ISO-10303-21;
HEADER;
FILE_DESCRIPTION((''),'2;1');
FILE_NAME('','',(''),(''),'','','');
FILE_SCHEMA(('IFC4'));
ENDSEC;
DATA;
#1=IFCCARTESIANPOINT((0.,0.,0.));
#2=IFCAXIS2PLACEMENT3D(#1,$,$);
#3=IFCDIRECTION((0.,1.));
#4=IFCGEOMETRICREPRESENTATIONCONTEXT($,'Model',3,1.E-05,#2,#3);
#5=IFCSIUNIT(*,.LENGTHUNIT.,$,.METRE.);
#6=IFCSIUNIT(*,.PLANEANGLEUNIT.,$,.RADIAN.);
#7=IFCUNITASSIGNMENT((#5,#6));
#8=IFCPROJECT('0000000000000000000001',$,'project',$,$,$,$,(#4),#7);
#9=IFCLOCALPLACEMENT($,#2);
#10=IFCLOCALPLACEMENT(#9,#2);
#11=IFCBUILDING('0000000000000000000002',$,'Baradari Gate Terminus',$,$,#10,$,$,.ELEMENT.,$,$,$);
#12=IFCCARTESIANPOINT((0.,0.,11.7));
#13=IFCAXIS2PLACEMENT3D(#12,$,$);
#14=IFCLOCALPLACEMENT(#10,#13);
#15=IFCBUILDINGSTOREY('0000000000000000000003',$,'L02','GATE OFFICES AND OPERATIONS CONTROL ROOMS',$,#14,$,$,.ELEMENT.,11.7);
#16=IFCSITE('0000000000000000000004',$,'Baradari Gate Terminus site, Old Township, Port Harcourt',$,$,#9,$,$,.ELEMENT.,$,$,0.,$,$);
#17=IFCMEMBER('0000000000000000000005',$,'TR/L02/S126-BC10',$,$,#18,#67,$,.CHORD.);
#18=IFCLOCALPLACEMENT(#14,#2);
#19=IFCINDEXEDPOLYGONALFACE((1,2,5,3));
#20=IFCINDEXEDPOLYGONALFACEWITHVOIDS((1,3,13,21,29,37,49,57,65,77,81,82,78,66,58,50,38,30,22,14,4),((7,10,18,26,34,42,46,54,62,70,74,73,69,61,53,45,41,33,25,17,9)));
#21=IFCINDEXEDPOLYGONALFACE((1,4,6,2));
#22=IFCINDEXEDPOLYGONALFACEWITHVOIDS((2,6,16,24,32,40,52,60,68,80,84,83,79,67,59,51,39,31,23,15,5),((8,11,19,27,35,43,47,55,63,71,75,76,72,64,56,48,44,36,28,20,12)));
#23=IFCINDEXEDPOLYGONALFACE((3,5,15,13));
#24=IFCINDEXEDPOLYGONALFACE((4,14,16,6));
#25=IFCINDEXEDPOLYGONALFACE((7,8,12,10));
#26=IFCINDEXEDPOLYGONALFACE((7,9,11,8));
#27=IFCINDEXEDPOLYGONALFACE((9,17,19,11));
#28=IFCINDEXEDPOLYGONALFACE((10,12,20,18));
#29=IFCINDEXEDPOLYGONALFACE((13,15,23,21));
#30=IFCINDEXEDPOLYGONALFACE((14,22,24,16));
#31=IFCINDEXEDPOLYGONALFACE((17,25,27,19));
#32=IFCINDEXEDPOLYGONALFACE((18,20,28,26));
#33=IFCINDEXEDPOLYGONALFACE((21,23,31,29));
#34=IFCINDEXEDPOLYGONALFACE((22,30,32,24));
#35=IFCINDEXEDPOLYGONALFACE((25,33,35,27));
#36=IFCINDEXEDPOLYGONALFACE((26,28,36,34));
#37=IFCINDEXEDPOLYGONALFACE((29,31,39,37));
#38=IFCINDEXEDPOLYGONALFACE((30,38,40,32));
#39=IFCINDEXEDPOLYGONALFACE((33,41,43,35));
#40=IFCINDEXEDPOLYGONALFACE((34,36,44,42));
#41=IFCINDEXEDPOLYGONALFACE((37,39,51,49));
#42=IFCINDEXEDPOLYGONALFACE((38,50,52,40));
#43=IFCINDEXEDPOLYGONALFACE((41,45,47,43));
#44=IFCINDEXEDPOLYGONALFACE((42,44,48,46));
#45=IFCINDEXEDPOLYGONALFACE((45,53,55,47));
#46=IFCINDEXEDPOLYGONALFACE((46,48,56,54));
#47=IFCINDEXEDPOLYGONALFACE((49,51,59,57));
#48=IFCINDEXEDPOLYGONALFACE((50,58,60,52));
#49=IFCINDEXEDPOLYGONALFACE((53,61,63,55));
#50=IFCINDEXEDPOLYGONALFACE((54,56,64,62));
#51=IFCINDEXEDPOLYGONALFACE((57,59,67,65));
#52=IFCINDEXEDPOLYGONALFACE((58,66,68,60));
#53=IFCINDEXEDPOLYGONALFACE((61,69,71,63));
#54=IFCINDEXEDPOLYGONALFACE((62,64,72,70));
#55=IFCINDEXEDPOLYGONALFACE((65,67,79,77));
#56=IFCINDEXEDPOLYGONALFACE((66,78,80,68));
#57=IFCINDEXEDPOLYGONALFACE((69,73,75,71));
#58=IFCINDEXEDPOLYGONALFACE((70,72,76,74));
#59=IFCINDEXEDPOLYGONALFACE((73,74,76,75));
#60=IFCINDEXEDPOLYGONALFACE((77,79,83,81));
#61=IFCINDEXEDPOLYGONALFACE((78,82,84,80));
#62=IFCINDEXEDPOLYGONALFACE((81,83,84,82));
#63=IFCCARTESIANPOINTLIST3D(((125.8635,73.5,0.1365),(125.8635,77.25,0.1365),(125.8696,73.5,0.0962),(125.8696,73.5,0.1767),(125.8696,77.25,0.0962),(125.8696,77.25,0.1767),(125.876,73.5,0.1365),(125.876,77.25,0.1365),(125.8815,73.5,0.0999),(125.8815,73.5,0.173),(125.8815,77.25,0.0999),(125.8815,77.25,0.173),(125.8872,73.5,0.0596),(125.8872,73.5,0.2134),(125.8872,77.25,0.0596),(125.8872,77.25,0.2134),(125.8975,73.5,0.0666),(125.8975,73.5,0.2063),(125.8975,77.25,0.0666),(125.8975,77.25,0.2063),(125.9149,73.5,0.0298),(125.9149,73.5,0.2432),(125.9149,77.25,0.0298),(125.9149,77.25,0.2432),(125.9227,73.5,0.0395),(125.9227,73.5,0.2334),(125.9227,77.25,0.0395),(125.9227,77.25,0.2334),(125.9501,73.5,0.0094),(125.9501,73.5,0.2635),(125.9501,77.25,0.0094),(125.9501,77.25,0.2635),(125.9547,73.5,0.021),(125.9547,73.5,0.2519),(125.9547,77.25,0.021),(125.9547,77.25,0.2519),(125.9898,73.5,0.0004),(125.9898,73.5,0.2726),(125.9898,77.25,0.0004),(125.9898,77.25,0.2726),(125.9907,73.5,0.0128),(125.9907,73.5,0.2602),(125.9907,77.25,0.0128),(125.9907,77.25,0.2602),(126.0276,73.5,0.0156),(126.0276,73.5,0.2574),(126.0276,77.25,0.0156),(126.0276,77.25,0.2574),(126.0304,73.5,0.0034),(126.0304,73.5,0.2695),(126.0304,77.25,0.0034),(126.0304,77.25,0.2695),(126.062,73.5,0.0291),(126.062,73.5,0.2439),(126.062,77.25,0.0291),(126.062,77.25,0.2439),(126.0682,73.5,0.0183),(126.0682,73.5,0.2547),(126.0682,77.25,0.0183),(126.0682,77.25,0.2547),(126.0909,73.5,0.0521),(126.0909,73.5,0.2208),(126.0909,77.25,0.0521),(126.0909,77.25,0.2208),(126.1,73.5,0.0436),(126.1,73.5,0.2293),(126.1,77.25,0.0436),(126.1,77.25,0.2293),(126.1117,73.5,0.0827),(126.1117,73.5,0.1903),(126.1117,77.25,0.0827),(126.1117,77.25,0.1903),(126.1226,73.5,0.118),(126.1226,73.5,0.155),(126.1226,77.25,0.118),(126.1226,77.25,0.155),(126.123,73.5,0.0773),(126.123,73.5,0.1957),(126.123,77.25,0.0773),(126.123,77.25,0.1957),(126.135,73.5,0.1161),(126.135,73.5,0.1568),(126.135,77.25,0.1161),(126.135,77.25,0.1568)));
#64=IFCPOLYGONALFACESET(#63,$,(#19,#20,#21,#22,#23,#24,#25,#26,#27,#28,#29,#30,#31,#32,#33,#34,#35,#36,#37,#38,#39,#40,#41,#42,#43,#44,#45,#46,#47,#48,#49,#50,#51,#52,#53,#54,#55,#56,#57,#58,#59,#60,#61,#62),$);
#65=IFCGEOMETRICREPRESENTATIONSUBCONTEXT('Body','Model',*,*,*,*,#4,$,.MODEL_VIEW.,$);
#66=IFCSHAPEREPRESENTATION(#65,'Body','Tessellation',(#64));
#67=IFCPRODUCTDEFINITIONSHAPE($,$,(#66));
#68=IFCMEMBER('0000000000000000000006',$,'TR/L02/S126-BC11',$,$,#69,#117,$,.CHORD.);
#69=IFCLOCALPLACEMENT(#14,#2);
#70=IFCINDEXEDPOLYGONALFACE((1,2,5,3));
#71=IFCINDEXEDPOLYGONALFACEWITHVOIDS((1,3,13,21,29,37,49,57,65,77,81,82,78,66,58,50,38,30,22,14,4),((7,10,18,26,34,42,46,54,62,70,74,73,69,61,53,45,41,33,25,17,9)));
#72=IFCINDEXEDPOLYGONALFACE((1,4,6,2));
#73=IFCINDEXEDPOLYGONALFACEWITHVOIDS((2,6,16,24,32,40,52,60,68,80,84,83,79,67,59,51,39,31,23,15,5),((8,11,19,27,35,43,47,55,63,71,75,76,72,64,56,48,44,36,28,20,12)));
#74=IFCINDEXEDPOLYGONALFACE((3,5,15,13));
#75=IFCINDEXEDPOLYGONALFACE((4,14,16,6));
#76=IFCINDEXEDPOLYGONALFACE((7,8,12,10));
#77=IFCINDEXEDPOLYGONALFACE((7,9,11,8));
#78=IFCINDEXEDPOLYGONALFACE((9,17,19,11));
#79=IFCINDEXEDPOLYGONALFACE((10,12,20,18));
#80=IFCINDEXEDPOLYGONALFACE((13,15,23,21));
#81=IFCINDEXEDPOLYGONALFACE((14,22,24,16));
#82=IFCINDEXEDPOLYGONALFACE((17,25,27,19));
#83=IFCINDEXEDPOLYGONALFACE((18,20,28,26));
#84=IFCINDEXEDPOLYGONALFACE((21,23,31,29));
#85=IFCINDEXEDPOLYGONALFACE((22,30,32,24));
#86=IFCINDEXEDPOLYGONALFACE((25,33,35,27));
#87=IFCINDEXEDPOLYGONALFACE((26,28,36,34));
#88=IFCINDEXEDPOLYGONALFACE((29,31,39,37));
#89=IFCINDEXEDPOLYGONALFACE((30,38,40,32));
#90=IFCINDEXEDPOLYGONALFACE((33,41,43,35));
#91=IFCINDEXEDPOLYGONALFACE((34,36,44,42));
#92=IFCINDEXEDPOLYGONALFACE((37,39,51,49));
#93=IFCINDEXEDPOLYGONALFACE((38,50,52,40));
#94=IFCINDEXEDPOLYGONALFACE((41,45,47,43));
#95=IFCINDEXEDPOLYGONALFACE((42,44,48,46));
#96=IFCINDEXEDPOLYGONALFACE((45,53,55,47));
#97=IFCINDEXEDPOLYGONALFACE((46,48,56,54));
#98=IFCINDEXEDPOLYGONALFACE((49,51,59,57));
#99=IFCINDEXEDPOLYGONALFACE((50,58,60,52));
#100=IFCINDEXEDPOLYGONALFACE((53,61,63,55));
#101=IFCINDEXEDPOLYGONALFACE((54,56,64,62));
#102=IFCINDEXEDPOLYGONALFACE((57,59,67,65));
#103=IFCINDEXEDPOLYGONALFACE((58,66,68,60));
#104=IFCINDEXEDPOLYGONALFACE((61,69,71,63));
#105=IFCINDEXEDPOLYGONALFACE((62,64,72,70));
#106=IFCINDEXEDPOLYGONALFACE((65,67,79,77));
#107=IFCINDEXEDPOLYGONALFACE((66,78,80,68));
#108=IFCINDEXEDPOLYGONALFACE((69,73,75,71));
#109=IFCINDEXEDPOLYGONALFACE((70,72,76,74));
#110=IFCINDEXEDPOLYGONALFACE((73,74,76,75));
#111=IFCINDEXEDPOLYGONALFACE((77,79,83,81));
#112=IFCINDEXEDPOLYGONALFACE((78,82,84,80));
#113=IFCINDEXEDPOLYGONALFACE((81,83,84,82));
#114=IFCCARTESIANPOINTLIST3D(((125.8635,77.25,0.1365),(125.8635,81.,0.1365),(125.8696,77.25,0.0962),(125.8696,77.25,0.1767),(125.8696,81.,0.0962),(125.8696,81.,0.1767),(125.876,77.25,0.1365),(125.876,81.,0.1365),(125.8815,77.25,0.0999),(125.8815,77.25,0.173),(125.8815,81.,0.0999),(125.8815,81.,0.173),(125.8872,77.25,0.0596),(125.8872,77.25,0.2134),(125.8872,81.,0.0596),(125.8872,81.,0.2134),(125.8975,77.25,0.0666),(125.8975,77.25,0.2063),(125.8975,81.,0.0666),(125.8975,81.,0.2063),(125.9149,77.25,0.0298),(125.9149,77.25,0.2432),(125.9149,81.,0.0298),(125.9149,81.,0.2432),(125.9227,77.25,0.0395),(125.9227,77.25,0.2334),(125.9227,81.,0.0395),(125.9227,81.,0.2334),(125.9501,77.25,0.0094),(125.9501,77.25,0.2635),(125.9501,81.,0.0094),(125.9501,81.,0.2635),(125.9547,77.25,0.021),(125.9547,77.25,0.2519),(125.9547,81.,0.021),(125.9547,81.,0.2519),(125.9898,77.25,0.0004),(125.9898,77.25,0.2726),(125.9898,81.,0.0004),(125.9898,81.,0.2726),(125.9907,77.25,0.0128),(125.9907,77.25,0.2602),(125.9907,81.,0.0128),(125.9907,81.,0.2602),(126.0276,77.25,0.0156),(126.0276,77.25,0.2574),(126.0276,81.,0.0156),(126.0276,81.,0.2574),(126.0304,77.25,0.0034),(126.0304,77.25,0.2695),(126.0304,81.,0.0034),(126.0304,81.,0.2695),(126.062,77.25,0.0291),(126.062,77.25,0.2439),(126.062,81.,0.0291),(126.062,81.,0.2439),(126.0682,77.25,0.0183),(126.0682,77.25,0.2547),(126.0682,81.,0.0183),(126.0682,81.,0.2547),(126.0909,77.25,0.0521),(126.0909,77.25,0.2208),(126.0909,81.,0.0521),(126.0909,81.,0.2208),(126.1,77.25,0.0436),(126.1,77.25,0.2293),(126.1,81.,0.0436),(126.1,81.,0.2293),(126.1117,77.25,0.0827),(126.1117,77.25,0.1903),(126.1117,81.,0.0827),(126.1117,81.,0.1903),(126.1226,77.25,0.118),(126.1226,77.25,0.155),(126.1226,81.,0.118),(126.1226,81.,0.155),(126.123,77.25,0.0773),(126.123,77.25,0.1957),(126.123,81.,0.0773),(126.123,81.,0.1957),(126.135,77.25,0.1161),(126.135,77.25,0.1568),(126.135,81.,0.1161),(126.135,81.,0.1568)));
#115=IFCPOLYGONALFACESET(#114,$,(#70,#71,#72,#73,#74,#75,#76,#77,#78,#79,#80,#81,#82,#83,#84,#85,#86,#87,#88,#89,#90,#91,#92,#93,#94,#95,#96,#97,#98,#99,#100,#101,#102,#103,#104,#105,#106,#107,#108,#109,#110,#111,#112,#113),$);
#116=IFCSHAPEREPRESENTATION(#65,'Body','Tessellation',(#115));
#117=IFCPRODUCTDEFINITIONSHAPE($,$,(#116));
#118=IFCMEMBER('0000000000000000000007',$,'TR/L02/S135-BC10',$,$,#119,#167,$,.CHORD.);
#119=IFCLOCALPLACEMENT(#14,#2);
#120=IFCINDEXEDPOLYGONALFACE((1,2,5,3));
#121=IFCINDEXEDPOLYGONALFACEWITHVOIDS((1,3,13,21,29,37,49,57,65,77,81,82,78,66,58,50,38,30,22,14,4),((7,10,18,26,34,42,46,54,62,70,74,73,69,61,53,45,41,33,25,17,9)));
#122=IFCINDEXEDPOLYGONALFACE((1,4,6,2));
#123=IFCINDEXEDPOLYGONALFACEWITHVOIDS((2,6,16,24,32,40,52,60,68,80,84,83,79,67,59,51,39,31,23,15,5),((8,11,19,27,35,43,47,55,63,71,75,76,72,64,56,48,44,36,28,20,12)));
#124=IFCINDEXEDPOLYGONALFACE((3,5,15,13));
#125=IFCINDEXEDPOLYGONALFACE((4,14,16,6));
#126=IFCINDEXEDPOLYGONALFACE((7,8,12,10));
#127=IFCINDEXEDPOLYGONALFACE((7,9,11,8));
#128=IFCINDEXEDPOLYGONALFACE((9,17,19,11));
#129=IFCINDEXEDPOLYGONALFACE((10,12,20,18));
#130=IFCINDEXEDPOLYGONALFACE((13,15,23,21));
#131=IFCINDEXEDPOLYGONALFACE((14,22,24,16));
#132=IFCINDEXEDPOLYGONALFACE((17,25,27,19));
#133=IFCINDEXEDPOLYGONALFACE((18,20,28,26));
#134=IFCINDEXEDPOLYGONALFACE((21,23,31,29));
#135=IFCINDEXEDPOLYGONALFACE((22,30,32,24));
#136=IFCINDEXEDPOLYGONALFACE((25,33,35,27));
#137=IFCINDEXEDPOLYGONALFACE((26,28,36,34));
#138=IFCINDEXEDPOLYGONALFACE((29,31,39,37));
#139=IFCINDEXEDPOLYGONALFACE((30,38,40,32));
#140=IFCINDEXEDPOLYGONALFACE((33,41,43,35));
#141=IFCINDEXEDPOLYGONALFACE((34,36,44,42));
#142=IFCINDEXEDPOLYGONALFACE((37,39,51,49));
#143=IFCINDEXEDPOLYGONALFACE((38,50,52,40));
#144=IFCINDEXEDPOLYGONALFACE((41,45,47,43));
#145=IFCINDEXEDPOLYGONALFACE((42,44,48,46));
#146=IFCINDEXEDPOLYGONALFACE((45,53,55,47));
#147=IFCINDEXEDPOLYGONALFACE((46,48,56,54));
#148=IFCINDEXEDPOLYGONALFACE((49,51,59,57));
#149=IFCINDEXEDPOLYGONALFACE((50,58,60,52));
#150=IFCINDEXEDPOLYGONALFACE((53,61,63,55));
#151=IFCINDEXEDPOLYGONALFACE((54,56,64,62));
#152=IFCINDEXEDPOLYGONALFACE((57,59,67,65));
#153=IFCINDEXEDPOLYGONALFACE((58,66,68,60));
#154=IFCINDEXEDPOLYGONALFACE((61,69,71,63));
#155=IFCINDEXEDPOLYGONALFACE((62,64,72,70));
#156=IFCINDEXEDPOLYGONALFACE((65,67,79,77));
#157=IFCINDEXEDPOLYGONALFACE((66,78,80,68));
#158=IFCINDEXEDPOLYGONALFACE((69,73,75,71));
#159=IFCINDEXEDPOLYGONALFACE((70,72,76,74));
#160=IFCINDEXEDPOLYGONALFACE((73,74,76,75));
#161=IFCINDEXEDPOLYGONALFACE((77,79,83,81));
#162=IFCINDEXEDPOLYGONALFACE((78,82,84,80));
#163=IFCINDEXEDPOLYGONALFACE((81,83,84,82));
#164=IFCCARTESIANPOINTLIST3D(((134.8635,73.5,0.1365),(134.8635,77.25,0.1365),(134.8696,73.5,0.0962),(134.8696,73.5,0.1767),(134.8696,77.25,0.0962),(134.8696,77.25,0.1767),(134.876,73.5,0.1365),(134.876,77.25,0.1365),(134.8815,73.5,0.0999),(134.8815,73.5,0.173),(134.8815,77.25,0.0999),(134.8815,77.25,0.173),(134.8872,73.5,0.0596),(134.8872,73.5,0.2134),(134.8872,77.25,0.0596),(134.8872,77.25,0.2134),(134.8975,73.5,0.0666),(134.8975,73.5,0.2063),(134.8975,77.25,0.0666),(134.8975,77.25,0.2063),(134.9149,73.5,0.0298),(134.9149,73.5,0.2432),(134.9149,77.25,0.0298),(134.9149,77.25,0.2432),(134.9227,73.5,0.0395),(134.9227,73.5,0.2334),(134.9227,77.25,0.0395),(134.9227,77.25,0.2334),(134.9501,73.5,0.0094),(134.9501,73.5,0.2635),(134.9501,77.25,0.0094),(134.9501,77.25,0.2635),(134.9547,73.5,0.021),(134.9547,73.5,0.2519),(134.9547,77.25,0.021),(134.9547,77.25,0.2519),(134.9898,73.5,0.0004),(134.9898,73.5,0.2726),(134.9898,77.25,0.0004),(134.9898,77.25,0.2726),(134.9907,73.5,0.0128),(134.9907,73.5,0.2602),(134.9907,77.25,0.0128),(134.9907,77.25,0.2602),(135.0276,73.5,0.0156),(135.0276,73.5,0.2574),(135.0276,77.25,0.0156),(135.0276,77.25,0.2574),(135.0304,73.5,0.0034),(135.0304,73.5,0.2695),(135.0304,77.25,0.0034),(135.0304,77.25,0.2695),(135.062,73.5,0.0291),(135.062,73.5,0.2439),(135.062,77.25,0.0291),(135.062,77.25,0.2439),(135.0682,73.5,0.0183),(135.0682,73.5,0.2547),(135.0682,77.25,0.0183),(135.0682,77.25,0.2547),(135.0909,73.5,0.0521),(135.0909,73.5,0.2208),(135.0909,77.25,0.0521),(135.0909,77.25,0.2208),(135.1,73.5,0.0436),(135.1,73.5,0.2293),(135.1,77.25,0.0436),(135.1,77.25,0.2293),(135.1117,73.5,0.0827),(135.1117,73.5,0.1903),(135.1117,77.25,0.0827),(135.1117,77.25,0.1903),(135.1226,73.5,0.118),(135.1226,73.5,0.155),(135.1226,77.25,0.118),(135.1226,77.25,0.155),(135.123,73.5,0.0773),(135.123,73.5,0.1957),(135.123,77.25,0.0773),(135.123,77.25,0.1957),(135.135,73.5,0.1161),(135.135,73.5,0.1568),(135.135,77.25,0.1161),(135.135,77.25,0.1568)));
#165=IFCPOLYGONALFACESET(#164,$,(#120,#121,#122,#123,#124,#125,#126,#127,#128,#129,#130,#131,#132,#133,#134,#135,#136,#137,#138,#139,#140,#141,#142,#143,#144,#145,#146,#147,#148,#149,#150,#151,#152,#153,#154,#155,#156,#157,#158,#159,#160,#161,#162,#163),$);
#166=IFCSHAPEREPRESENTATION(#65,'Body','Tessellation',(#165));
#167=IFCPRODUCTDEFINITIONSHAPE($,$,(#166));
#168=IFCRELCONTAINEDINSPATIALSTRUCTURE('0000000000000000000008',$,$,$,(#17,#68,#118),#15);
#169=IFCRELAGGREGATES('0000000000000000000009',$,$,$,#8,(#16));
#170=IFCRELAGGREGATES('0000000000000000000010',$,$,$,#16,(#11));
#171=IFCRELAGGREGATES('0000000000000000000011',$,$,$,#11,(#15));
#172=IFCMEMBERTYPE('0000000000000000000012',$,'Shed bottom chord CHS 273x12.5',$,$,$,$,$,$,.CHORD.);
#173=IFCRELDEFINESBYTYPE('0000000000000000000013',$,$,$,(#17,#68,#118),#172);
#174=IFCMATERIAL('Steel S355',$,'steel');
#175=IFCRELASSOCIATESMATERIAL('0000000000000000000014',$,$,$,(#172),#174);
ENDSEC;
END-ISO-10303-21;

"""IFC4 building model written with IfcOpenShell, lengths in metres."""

from ifc_helpers import new_model, si_unit, direction, frame, origin, origin_2d, place, context, subcontext, project, spatial, hollow_circle, extrude, material, material_profile, profile_set, type_object, element, save


model = new_model("IFC4")

# Units and contexts
model_context = context("Model", 3, precision=1e-05, world=origin(), true_north=direction((0.0, 1.0)))
body_context = subcontext(model_context, "Body", "Model", "MODEL_VIEW")
ifc_project = project(units=[si_unit("LENGTHUNIT", "METRE"), si_unit("PLANEANGLEUNIT", "RADIAN")], contexts=[model_context])

# Site, building, storey
site_placement = place(None, origin())
site = spatial("IfcSite", under=ifc_project, at=site_placement, Name="Baradari Gate Terminus site, Old Township, Port Harcourt", CompositionType="ELEMENT", RefElevation=0.0)
building_placement = place(site_placement, origin())
building = spatial("IfcBuilding", under=site, at=building_placement, Name="Baradari Gate Terminus", CompositionType="ELEMENT")
storey_placement = place(building_placement, frame((0.0, 0.0, 11.7)))
storey = spatial("IfcBuildingStorey", under=building, at=storey_placement, Name="L02", Description="GATE OFFICES AND OPERATIONS CONTROL ROOMS", CompositionType="ELEMENT", Elevation=11.7)

# Members
ifc_material_1 = material(Name="Steel S355", Category="steel")
ifc_material_profile_1 = material_profile(ifc_material_1, hollow_circle(Radius=0.1365, WallThickness=0.0125, at=origin_2d()), Name="CHS 273x12.5")
ifc_profile_set_1 = profile_set([ifc_material_profile_1], Name="Steel S355")
member_type_1 = type_object("IfcMemberType", Name="Shed bottom chord CHS 273x12.5", PredefinedType="CHORD", material=ifc_profile_set_1)
for number, where, z_axis, x_axis, name in (
    (1, (126.0, 73.5, 0.1365), (0.0, 1.0, 0.0), (-1.0, 0.0, 0.0), "TR/L02/S126-BC10"),
    (2, (126.0, 77.25, 0.1365), (0.0, 1.0, 0.0), (-1.0, 0.0, 0.0), "TR/L02/S126-BC11"),
    (3, (135.0, 73.5, 0.1365), (0.0, 1.0, 0.0), (-1.0, 0.0, 0.0), "TR/L02/S135-BC10"),
):
    element("IfcMember", number, at=place(storey_placement, frame(where, z_axis=z_axis, x_axis=x_axis)), inside=storey, type_object=member_type_1, Name=name, PredefinedType="CHORD", context=body_context, shape_type="SweptSolid", body=[
        extrude(hollow_circle(Radius=0.1365, WallThickness=0.0125, at=origin_2d()), origin(), (0.0, 0.0, 1.0), 3.75),
    ])

save(model, "model.ifc")
